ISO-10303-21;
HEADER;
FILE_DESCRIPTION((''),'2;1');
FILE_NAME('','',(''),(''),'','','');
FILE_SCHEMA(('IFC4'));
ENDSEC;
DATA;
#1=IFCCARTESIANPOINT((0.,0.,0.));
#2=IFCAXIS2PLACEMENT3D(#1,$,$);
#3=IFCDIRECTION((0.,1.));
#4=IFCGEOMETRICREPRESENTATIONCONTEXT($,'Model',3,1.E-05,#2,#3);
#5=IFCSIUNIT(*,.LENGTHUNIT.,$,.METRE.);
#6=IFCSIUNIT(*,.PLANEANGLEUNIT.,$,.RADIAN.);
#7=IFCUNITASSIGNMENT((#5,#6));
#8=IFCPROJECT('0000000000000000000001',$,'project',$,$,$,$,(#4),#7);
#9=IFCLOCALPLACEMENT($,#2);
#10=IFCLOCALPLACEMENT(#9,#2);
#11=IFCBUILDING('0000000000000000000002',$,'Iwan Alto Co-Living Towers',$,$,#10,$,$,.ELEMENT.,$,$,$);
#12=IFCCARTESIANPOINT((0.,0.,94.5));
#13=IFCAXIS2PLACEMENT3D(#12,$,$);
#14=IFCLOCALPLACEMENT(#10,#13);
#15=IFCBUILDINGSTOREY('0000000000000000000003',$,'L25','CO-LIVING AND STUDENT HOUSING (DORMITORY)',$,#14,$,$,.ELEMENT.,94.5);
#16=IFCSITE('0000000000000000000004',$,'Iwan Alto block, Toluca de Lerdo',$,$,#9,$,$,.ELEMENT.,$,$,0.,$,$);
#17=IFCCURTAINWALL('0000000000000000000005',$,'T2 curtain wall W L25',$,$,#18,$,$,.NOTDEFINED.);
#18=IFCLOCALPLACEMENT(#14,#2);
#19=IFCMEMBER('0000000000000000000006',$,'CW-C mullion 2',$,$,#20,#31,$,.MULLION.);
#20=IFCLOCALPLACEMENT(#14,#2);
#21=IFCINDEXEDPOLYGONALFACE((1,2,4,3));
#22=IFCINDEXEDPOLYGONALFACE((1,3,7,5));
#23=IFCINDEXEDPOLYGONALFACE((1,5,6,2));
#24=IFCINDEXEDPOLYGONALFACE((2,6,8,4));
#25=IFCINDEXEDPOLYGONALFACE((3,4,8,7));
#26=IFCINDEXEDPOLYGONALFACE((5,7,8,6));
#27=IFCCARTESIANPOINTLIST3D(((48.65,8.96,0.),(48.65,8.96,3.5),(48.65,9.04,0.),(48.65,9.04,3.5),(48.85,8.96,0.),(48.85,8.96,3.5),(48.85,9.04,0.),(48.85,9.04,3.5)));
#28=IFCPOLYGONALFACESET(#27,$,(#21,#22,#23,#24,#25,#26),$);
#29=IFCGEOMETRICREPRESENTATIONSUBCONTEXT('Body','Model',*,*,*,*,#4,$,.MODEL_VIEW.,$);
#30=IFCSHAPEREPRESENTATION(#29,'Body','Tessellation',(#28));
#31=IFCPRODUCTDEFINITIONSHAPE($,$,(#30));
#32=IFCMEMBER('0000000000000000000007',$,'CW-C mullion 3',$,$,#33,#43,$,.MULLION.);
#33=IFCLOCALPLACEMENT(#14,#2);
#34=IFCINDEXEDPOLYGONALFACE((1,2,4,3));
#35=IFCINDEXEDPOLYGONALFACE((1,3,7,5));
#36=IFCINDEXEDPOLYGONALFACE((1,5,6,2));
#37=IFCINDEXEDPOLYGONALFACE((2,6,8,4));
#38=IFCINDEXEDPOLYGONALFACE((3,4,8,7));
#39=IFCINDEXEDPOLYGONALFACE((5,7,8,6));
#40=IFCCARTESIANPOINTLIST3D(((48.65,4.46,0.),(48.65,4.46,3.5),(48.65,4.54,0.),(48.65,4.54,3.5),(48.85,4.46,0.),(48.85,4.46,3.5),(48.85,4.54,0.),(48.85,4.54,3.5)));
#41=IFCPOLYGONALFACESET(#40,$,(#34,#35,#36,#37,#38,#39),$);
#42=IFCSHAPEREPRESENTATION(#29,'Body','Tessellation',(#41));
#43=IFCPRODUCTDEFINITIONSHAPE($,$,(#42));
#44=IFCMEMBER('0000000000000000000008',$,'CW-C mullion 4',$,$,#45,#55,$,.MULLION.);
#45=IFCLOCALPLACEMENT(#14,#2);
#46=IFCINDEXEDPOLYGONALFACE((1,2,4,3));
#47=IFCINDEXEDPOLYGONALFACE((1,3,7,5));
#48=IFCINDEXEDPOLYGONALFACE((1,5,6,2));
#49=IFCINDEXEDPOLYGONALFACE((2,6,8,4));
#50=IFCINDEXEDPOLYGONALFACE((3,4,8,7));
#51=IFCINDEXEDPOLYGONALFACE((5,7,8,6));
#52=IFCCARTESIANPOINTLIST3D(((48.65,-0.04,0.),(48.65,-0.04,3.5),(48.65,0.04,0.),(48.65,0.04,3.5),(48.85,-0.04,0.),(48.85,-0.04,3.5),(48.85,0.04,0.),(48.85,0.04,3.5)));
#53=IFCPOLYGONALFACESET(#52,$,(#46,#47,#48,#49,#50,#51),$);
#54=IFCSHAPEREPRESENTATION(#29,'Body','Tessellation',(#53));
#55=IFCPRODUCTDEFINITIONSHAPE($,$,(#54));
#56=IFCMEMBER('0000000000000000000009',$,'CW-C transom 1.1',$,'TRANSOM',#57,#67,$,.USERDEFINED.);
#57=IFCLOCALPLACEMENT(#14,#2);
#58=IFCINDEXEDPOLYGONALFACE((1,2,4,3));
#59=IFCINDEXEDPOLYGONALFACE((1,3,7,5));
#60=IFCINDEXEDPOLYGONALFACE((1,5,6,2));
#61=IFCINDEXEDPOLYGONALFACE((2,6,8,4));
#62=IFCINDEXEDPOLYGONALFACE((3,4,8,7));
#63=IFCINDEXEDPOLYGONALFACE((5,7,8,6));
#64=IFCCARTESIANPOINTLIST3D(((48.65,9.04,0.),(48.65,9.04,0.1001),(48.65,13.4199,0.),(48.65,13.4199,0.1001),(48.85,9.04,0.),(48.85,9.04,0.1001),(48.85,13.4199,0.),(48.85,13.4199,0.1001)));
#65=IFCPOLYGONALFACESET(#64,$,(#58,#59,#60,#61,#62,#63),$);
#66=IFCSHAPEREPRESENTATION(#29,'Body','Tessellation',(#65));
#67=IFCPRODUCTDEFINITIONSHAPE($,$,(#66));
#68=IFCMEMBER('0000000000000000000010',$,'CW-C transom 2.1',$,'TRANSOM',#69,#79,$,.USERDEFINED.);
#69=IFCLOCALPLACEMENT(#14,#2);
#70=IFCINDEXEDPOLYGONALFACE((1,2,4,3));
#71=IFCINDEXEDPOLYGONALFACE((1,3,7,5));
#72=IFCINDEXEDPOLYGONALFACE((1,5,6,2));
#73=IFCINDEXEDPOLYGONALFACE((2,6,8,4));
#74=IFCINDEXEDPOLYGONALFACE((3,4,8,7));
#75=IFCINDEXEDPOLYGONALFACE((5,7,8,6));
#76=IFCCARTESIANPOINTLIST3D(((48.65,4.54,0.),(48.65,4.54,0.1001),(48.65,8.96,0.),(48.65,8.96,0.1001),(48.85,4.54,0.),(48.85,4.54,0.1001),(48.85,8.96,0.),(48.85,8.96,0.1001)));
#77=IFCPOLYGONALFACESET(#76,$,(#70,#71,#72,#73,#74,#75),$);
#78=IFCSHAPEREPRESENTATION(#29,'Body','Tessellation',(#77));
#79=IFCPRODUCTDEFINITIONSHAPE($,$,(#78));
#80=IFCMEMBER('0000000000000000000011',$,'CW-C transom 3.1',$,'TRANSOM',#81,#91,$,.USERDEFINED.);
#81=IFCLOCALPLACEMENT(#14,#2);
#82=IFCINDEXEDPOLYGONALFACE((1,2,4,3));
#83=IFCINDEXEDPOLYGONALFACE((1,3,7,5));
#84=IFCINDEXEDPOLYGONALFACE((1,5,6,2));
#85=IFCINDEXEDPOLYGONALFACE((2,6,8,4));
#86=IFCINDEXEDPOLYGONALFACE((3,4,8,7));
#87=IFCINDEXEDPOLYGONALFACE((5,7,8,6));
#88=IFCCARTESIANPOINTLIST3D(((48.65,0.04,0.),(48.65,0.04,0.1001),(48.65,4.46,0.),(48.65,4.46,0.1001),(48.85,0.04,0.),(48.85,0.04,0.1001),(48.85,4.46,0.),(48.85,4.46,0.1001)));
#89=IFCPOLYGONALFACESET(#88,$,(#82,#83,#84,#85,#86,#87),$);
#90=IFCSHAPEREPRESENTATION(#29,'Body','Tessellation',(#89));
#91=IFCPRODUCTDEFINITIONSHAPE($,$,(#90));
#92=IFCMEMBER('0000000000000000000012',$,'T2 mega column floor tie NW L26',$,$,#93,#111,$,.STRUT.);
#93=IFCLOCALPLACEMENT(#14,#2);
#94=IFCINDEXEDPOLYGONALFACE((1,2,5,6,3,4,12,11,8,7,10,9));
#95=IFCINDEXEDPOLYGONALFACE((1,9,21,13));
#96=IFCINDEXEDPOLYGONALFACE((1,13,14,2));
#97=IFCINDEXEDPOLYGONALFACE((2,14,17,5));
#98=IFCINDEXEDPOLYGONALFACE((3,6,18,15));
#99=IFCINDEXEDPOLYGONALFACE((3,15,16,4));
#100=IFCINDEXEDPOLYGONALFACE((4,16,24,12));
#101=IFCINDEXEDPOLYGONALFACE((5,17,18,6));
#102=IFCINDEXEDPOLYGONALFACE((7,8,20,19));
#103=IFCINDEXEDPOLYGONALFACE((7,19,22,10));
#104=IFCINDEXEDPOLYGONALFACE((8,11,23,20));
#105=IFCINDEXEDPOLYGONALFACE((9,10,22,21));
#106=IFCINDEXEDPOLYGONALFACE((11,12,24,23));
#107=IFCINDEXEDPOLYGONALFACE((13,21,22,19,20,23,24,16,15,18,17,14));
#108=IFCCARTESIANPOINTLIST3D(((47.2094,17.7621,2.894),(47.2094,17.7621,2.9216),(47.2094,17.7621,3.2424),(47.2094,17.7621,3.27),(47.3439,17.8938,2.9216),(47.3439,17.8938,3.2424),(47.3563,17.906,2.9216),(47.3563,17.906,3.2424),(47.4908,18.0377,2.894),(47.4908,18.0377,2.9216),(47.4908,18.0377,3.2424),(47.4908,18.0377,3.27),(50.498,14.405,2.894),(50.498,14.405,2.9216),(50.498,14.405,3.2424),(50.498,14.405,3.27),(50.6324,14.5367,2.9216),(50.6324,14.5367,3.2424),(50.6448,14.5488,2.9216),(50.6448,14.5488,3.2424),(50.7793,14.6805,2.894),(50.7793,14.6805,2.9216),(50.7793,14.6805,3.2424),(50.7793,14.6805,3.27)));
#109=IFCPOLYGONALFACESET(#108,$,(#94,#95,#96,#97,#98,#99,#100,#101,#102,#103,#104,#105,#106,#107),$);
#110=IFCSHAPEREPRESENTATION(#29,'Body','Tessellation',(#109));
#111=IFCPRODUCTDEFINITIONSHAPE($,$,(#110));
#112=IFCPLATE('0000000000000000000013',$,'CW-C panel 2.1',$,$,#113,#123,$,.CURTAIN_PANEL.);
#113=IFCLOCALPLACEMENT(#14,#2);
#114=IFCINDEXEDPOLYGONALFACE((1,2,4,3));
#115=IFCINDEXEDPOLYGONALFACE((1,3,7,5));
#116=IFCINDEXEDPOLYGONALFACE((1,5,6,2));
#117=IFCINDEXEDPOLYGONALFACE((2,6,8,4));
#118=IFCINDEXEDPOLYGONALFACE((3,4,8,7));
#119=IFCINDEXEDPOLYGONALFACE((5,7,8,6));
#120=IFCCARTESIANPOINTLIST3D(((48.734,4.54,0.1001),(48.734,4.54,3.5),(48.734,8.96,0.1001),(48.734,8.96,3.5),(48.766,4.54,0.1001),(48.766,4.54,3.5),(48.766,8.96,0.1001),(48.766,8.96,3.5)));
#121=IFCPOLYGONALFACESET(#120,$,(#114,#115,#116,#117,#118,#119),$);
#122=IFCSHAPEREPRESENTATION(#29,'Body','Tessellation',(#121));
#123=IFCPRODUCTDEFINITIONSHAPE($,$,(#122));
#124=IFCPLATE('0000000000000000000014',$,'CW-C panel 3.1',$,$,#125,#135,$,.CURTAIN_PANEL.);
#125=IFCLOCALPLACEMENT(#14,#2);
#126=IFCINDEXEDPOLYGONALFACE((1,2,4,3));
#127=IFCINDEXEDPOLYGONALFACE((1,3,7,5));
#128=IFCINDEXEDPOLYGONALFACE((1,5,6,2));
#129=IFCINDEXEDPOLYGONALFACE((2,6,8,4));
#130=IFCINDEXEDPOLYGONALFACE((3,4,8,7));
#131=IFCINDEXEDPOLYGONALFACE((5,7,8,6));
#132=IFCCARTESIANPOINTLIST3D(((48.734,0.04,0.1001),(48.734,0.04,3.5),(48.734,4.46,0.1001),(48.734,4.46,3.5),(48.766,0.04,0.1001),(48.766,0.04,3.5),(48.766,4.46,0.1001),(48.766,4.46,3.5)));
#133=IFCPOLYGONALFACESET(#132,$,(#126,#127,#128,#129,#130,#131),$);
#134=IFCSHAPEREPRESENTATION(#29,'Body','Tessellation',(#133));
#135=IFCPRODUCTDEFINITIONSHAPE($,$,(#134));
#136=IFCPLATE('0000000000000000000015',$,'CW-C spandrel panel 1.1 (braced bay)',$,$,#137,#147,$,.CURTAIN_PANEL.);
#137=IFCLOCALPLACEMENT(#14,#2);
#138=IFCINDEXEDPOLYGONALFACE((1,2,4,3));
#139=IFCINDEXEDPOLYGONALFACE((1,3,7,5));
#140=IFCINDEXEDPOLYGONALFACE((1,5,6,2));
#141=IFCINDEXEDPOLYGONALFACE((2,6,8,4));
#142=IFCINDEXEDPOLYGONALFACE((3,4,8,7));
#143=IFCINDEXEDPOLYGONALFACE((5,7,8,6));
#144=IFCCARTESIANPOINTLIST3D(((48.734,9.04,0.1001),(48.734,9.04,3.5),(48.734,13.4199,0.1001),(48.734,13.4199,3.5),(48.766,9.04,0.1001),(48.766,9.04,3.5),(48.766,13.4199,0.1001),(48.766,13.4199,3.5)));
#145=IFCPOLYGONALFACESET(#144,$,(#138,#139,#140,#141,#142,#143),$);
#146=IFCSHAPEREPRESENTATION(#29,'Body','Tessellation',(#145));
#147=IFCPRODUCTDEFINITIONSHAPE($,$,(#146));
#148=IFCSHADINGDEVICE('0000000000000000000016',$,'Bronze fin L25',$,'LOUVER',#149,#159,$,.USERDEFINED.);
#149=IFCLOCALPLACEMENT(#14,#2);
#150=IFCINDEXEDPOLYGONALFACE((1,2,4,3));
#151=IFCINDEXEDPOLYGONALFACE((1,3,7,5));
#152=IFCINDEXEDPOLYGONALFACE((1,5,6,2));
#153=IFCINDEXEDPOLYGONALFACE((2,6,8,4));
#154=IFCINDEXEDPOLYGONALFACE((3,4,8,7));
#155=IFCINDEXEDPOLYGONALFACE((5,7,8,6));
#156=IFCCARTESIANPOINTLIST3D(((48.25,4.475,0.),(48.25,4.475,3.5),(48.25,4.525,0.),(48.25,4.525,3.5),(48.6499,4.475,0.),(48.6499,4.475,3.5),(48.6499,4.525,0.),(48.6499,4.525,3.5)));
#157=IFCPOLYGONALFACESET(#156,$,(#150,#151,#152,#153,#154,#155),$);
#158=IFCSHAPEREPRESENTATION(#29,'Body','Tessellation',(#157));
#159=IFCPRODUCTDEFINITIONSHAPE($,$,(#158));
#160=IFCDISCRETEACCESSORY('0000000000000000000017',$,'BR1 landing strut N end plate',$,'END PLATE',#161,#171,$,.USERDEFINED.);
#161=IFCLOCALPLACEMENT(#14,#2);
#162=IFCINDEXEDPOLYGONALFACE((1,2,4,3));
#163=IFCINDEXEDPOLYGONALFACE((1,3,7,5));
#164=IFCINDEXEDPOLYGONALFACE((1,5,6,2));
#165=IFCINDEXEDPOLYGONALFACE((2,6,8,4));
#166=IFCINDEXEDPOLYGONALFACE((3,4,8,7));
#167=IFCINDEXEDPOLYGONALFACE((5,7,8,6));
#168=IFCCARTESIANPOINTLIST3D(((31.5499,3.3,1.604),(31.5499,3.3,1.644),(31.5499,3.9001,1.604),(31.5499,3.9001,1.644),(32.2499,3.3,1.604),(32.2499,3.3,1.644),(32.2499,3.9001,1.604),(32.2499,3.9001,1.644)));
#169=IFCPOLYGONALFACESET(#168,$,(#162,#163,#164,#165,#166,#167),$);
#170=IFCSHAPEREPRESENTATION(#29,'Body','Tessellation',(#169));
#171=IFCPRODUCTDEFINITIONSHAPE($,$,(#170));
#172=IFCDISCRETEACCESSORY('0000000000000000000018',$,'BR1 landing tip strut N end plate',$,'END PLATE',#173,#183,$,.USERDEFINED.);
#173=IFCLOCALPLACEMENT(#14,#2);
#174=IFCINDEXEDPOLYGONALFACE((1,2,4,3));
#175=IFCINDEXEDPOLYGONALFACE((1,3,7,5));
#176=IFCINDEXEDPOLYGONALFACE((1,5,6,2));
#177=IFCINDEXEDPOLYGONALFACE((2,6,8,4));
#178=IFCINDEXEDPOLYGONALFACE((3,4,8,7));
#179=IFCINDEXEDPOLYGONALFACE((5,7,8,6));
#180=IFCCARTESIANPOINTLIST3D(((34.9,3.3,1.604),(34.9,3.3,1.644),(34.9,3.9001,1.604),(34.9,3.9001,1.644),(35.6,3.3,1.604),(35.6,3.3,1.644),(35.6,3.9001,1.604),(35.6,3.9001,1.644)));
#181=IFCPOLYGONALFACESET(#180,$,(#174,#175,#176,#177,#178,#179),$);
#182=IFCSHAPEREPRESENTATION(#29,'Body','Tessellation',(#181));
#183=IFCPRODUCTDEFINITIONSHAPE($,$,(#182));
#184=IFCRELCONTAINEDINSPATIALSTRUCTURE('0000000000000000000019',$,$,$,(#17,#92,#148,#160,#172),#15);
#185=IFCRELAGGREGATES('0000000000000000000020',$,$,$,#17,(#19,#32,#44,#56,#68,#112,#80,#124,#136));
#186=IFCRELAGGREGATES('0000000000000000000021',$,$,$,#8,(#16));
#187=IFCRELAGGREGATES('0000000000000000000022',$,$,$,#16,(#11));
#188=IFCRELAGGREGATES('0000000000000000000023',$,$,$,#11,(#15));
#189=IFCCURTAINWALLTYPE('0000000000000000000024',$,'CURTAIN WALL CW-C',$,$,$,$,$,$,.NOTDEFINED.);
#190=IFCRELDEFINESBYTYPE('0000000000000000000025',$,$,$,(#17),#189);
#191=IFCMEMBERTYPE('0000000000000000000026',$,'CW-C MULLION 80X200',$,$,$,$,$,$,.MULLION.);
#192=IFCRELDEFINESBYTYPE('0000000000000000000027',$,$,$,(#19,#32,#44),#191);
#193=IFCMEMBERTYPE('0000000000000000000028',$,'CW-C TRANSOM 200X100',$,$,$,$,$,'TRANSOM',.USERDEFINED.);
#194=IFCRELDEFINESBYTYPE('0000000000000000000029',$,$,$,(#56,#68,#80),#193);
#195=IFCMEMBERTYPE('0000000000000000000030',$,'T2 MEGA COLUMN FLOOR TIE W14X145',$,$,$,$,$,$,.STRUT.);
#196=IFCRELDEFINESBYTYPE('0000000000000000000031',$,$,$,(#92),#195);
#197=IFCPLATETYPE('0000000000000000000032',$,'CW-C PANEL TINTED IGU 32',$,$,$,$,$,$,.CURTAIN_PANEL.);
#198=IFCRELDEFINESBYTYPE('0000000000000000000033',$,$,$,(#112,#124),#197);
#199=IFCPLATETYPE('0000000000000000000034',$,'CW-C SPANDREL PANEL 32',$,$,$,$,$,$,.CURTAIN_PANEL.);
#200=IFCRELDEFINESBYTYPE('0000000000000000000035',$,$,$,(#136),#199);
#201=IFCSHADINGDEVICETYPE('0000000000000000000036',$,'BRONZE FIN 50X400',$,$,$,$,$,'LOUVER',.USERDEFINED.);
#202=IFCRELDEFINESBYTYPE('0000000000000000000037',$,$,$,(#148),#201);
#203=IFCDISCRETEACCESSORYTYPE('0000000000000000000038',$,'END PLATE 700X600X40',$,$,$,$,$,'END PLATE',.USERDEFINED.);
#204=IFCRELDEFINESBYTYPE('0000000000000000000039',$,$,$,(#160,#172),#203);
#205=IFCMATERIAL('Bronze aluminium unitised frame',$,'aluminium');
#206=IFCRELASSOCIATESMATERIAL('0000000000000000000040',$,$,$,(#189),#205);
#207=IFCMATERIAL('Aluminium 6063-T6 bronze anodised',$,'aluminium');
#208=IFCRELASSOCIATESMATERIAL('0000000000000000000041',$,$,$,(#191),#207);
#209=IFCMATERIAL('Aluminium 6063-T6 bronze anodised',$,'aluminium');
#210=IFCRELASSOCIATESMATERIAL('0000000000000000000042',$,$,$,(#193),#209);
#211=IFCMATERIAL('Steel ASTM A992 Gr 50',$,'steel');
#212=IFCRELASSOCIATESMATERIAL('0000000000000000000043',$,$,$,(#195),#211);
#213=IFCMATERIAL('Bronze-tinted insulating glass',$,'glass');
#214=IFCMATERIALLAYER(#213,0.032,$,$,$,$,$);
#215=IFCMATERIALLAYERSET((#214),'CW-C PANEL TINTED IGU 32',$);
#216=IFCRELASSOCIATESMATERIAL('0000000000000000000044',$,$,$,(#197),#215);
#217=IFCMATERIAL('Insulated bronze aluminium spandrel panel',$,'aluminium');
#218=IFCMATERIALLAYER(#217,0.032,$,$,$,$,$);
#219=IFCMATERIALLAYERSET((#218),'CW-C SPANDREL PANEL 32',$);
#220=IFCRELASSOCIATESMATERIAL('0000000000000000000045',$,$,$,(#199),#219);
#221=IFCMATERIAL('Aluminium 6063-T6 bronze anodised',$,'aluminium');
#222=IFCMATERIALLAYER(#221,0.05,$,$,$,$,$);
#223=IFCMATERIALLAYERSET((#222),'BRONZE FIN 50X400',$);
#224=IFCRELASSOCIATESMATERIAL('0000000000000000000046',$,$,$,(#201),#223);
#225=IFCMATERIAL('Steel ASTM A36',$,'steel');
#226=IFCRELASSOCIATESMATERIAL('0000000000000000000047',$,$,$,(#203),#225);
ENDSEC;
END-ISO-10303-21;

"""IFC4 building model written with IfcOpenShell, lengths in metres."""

from ifc_helpers import new_model, si_unit, direction, frame, origin, origin_2d, place, context, subcontext, project, spatial, rectangle, i_section, extrude, material, layer, layer_set, material_profile, profile_set, type_object, element, aggregate, save


model = new_model("IFC4")

# Units and contexts
model_context = context("Model", 3, precision=1e-05, world=origin(), true_north=direction((0.0, 1.0)))
body_context = subcontext(model_context, "Body", "Model", "MODEL_VIEW")
ifc_project = project(units=[si_unit("LENGTHUNIT", "METRE"), si_unit("PLANEANGLEUNIT", "RADIAN")], contexts=[model_context])

# Site, building, storey
site_placement = place(None, origin())
site = spatial("IfcSite", under=ifc_project, at=site_placement, Name="Iwan Alto block, Toluca de Lerdo", CompositionType="ELEMENT", RefElevation=0.0)
building_placement = place(site_placement, origin())
building = spatial("IfcBuilding", under=site, at=building_placement, Name="Iwan Alto Co-Living Towers", CompositionType="ELEMENT")
storey_placement = place(building_placement, frame((0.0, 0.0, 94.5)))
storey = spatial("IfcBuildingStorey", under=building, at=storey_placement, Name="L25", Description="CO-LIVING AND STUDENT HOUSING (DORMITORY)", CompositionType="ELEMENT", Elevation=94.5)

# Curtain wall, members
ifc_material_1 = material(Name="Bronze aluminium unitised frame", Category="aluminium")
curtain_wall_type = type_object("IfcCurtainWallType", Name="CURTAIN WALL CW-C", PredefinedType="NOTDEFINED", material=ifc_material_1)
curtain_wall_placement = place(storey_placement, origin())
curtain_wall = element("IfcCurtainWall", 1, at=curtain_wall_placement, inside=storey, type_object=curtain_wall_type, Name="T2 curtain wall W L25", PredefinedType="NOTDEFINED")
ifc_material_2 = material(Name="Aluminium 6063-T6 bronze anodised", Category="aluminium")
ifc_material_profile_1 = material_profile(ifc_material_2, rectangle(XDim=0.2, YDim=0.0801, at=origin_2d()), Name="AL 80X200")
ifc_profile_set_1 = profile_set([ifc_material_profile_1], Name="Aluminium 6063-T6 bronze anodised")
member_type_1 = type_object("IfcMemberType", Name="CW-C MULLION 80X200", PredefinedType="MULLION", material=ifc_profile_set_1)
member_1_placement = place(storey_placement, frame((48.75, 9.0, 0.0), z_axis=(0.0, 0.0, 1.0), x_axis=(1.0, 0.0, 0.0)))
member_1 = element("IfcMember", 2, at=member_1_placement, type_object=member_type_1, Name="CW-C mullion 2", PredefinedType="MULLION", context=body_context, shape_type="SweptSolid", body=[
    extrude(rectangle(XDim=0.2, YDim=0.0801, at=origin_2d()), origin(), (0.0, 0.0, 1.0), 3.5),
])
member_2_placement = place(storey_placement, frame((48.75, 4.5, 0.0), z_axis=(0.0, 0.0, 1.0), x_axis=(1.0, 0.0, 0.0)))
member_2 = element("IfcMember", 3, at=member_2_placement, type_object=member_type_1, Name="CW-C mullion 3", PredefinedType="MULLION", context=body_context, shape_type="SweptSolid", body=[
    extrude(rectangle(XDim=0.2, YDim=0.0801, at=origin_2d()), origin(), (0.0, 0.0, 1.0), 3.5),
])
member_3_placement = place(storey_placement, frame((48.75, 0.0, 0.0), z_axis=(0.0, 0.0, 1.0), x_axis=(1.0, 0.0, 0.0)))
member_3 = element("IfcMember", 4, at=member_3_placement, type_object=member_type_1, Name="CW-C mullion 4", PredefinedType="MULLION", context=body_context, shape_type="SweptSolid", body=[
    extrude(rectangle(XDim=0.2, YDim=0.0801, at=origin_2d()), origin(), (0.0, 0.0, 1.0), 3.5),
])
ifc_material_3 = material(Name="Aluminium 6063-T6 bronze anodised", Category="aluminium")
ifc_material_profile_2 = material_profile(ifc_material_3, rectangle(XDim=0.2, YDim=0.1001, at=origin_2d()), Name="AL 200X100")
ifc_profile_set_2 = profile_set([ifc_material_profile_2], Name="Aluminium 6063-T6 bronze anodised")
member_type_2 = type_object("IfcMemberType", Name="CW-C TRANSOM 200X100", ElementType="TRANSOM", PredefinedType="USERDEFINED", material=ifc_profile_set_2)
member_4_placement = place(storey_placement, frame((48.75, 13.4199, 0.05), z_axis=(0.0, -1.0, 0.0), x_axis=(1.0, 0.0, 0.0)))
member_4 = element("IfcMember", 5, at=member_4_placement, type_object=member_type_2, Name="CW-C transom 1.1", ObjectType="TRANSOM", PredefinedType="USERDEFINED", context=body_context, shape_type="SweptSolid", body=[
    extrude(rectangle(XDim=0.2, YDim=0.1001, at=origin_2d()), origin(), (0.0, 0.0, 1.0), 4.3799),
])
member_5_placement = place(storey_placement, frame((48.75, 8.96, 0.05), z_axis=(0.0, -1.0, 0.0), x_axis=(1.0, 0.0, 0.0)))
member_5 = element("IfcMember", 6, at=member_5_placement, type_object=member_type_2, Name="CW-C transom 2.1", ObjectType="TRANSOM", PredefinedType="USERDEFINED", context=body_context, shape_type="SweptSolid", body=[
    extrude(rectangle(XDim=0.2, YDim=0.1001, at=origin_2d()), origin(), (0.0, 0.0, 1.0), 4.4199),
])
member_6_placement = place(storey_placement, frame((48.75, 4.46, 0.05), z_axis=(0.0, -1.0, 0.0), x_axis=(1.0, 0.0, 0.0)))
member_6 = element("IfcMember", 7, at=member_6_placement, type_object=member_type_2, Name="CW-C transom 3.1", ObjectType="TRANSOM", PredefinedType="USERDEFINED", context=body_context, shape_type="SweptSolid", body=[
    extrude(rectangle(XDim=0.2, YDim=0.1001, at=origin_2d()), origin(), (0.0, 0.0, 1.0), 4.4199),
])

# Member
ifc_material_4 = material(Name="Steel ASTM A992 Gr 50", Category="steel")
ifc_material_profile_3 = material_profile(ifc_material_4, i_section(OverallWidth=0.3938, OverallDepth=0.376, WebThickness=0.0173, FlangeThickness=0.0276, at=origin_2d()), Name="W14X145")
ifc_profile_set_3 = profile_set([ifc_material_profile_3], Name="Steel ASTM A992 Gr 50")
member_type_3 = type_object("IfcMemberType", Name="T2 MEGA COLUMN FLOOR TIE W14X145", PredefinedType="STRUT", material=ifc_profile_set_3)
member_7_placement = place(storey_placement, frame((47.3501, 17.8999, 3.082), z_axis=(0.69977, -0.714368, 0.0), x_axis=(0.714368, 0.69977, 0.0)))
element("IfcMember", 8, at=member_7_placement, inside=storey, type_object=member_type_3, Name="T2 mega column floor tie NW L26", PredefinedType="STRUT", context=body_context, shape_type="SweptSolid", body=[
    extrude(i_section(OverallWidth=0.3938, OverallDepth=0.376, WebThickness=0.0173, FlangeThickness=0.0276, at=origin_2d()), origin(), (0.0, 0.0, 1.0), 4.6995),
])

# Plates
ifc_material_5 = material(Name="Bronze-tinted insulating glass", Category="glass")
ifc_layer_1 = layer(ifc_material_5, 0.032)
ifc_layer_set_1 = layer_set([ifc_layer_1], Name="CW-C PANEL TINTED IGU 32")
plate_type_1 = type_object("IfcPlateType", Name="CW-C PANEL TINTED IGU 32", PredefinedType="CURTAIN_PANEL", material=ifc_layer_set_1)
plate_1_placement = place(storey_placement, frame((48.75, 6.75, 0.1001), z_axis=(0.0, 0.0, 1.0), x_axis=(0.0, -1.0, 0.0)))
plate_1 = element("IfcPlate", 9, at=plate_1_placement, type_object=plate_type_1, Name="CW-C panel 2.1", PredefinedType="CURTAIN_PANEL", context=body_context, shape_type="SweptSolid", body=[
    extrude(rectangle(XDim=4.4199, YDim=0.032, at=origin_2d()), origin(), (0.0, 0.0, 1.0), 3.3999),
])
plate_2_placement = place(storey_placement, frame((48.75, 2.25, 0.1001), z_axis=(0.0, 0.0, 1.0), x_axis=(0.0, -1.0, 0.0)))
plate_2 = element("IfcPlate", 10, at=plate_2_placement, type_object=plate_type_1, Name="CW-C panel 3.1", PredefinedType="CURTAIN_PANEL", context=body_context, shape_type="SweptSolid", body=[
    extrude(rectangle(XDim=4.4199, YDim=0.032, at=origin_2d()), origin(), (0.0, 0.0, 1.0), 3.3999),
])
ifc_material_6 = material(Name="Insulated bronze aluminium spandrel panel", Category="aluminium")
ifc_layer_2 = layer(ifc_material_6, 0.032)
ifc_layer_set_2 = layer_set([ifc_layer_2], Name="CW-C SPANDREL PANEL 32")
plate_type_2 = type_object("IfcPlateType", Name="CW-C SPANDREL PANEL 32", PredefinedType="CURTAIN_PANEL", material=ifc_layer_set_2)
plate_3_placement = place(storey_placement, frame((48.75, 11.23, 0.1001), z_axis=(0.0, 0.0, 1.0), x_axis=(0.0, -1.0, 0.0)))
plate_3 = element("IfcPlate", 11, at=plate_3_placement, type_object=plate_type_2, Name="CW-C spandrel panel 1.1 (braced bay)", PredefinedType="CURTAIN_PANEL", context=body_context, shape_type="SweptSolid", body=[
    extrude(rectangle(XDim=4.3799, YDim=0.032, at=origin_2d()), origin(), (0.0, 0.0, 1.0), 3.3999),
])
aggregate(curtain_wall, [member_1, member_2, member_3, member_4, member_5, plate_1, member_6, plate_2, plate_3])

# Shading device
ifc_material_7 = material(Name="Aluminium 6063-T6 bronze anodised", Category="aluminium")
ifc_layer_3 = layer(ifc_material_7, 0.05)
ifc_layer_set_3 = layer_set([ifc_layer_3], Name="BRONZE FIN 50X400")
shading_device_type = type_object("IfcShadingDeviceType", Name="BRONZE FIN 50X400", ElementType="LOUVER", PredefinedType="USERDEFINED", material=ifc_layer_set_3)
shading_device_placement = place(storey_placement, frame((48.45, 4.5, 0.0), z_axis=(0.0, 0.0, 1.0), x_axis=(0.0, -1.0, 0.0)))
element("IfcShadingDevice", 12, at=shading_device_placement, inside=storey, type_object=shading_device_type, Name="Bronze fin L25", ObjectType="LOUVER", PredefinedType="USERDEFINED", context=body_context, shape_type="SweptSolid", body=[
    extrude(rectangle(XDim=0.05, YDim=0.3999, at=origin_2d()), origin(), (0.0, 0.0, 1.0), 3.5),
])

# Discrete accessories
ifc_material_8 = material(Name="Steel ASTM A36", Category="steel")
discrete_accessory_type = type_object("IfcDiscreteAccessoryType", Name="END PLATE 700X600X40", ElementType="END PLATE", PredefinedType="USERDEFINED", material=ifc_material_8)
for number, where, z_axis, x_axis, name in (
    (13, (31.8999, 3.6001, 1.604), (0.0, 0.0, 1.0), (1.0, 0.0, 0.0), "BR1 landing strut N end plate"),
    (14, (35.25, 3.6001, 1.604), (0.0, 0.0, 1.0), (1.0, 0.0, 0.0), "BR1 landing tip strut N end plate"),
):
    element("IfcDiscreteAccessory", number, at=place(storey_placement, frame(where, z_axis=z_axis, x_axis=x_axis)), inside=storey, type_object=discrete_accessory_type, Name=name, ObjectType="END PLATE", PredefinedType="USERDEFINED", context=body_context, shape_type="SweptSolid", body=[
        extrude(rectangle(XDim=0.7, YDim=0.6001, at=origin_2d()), origin(), (0.0, 0.0, 1.0), 0.04),
    ])

save(model, "model.ifc")
